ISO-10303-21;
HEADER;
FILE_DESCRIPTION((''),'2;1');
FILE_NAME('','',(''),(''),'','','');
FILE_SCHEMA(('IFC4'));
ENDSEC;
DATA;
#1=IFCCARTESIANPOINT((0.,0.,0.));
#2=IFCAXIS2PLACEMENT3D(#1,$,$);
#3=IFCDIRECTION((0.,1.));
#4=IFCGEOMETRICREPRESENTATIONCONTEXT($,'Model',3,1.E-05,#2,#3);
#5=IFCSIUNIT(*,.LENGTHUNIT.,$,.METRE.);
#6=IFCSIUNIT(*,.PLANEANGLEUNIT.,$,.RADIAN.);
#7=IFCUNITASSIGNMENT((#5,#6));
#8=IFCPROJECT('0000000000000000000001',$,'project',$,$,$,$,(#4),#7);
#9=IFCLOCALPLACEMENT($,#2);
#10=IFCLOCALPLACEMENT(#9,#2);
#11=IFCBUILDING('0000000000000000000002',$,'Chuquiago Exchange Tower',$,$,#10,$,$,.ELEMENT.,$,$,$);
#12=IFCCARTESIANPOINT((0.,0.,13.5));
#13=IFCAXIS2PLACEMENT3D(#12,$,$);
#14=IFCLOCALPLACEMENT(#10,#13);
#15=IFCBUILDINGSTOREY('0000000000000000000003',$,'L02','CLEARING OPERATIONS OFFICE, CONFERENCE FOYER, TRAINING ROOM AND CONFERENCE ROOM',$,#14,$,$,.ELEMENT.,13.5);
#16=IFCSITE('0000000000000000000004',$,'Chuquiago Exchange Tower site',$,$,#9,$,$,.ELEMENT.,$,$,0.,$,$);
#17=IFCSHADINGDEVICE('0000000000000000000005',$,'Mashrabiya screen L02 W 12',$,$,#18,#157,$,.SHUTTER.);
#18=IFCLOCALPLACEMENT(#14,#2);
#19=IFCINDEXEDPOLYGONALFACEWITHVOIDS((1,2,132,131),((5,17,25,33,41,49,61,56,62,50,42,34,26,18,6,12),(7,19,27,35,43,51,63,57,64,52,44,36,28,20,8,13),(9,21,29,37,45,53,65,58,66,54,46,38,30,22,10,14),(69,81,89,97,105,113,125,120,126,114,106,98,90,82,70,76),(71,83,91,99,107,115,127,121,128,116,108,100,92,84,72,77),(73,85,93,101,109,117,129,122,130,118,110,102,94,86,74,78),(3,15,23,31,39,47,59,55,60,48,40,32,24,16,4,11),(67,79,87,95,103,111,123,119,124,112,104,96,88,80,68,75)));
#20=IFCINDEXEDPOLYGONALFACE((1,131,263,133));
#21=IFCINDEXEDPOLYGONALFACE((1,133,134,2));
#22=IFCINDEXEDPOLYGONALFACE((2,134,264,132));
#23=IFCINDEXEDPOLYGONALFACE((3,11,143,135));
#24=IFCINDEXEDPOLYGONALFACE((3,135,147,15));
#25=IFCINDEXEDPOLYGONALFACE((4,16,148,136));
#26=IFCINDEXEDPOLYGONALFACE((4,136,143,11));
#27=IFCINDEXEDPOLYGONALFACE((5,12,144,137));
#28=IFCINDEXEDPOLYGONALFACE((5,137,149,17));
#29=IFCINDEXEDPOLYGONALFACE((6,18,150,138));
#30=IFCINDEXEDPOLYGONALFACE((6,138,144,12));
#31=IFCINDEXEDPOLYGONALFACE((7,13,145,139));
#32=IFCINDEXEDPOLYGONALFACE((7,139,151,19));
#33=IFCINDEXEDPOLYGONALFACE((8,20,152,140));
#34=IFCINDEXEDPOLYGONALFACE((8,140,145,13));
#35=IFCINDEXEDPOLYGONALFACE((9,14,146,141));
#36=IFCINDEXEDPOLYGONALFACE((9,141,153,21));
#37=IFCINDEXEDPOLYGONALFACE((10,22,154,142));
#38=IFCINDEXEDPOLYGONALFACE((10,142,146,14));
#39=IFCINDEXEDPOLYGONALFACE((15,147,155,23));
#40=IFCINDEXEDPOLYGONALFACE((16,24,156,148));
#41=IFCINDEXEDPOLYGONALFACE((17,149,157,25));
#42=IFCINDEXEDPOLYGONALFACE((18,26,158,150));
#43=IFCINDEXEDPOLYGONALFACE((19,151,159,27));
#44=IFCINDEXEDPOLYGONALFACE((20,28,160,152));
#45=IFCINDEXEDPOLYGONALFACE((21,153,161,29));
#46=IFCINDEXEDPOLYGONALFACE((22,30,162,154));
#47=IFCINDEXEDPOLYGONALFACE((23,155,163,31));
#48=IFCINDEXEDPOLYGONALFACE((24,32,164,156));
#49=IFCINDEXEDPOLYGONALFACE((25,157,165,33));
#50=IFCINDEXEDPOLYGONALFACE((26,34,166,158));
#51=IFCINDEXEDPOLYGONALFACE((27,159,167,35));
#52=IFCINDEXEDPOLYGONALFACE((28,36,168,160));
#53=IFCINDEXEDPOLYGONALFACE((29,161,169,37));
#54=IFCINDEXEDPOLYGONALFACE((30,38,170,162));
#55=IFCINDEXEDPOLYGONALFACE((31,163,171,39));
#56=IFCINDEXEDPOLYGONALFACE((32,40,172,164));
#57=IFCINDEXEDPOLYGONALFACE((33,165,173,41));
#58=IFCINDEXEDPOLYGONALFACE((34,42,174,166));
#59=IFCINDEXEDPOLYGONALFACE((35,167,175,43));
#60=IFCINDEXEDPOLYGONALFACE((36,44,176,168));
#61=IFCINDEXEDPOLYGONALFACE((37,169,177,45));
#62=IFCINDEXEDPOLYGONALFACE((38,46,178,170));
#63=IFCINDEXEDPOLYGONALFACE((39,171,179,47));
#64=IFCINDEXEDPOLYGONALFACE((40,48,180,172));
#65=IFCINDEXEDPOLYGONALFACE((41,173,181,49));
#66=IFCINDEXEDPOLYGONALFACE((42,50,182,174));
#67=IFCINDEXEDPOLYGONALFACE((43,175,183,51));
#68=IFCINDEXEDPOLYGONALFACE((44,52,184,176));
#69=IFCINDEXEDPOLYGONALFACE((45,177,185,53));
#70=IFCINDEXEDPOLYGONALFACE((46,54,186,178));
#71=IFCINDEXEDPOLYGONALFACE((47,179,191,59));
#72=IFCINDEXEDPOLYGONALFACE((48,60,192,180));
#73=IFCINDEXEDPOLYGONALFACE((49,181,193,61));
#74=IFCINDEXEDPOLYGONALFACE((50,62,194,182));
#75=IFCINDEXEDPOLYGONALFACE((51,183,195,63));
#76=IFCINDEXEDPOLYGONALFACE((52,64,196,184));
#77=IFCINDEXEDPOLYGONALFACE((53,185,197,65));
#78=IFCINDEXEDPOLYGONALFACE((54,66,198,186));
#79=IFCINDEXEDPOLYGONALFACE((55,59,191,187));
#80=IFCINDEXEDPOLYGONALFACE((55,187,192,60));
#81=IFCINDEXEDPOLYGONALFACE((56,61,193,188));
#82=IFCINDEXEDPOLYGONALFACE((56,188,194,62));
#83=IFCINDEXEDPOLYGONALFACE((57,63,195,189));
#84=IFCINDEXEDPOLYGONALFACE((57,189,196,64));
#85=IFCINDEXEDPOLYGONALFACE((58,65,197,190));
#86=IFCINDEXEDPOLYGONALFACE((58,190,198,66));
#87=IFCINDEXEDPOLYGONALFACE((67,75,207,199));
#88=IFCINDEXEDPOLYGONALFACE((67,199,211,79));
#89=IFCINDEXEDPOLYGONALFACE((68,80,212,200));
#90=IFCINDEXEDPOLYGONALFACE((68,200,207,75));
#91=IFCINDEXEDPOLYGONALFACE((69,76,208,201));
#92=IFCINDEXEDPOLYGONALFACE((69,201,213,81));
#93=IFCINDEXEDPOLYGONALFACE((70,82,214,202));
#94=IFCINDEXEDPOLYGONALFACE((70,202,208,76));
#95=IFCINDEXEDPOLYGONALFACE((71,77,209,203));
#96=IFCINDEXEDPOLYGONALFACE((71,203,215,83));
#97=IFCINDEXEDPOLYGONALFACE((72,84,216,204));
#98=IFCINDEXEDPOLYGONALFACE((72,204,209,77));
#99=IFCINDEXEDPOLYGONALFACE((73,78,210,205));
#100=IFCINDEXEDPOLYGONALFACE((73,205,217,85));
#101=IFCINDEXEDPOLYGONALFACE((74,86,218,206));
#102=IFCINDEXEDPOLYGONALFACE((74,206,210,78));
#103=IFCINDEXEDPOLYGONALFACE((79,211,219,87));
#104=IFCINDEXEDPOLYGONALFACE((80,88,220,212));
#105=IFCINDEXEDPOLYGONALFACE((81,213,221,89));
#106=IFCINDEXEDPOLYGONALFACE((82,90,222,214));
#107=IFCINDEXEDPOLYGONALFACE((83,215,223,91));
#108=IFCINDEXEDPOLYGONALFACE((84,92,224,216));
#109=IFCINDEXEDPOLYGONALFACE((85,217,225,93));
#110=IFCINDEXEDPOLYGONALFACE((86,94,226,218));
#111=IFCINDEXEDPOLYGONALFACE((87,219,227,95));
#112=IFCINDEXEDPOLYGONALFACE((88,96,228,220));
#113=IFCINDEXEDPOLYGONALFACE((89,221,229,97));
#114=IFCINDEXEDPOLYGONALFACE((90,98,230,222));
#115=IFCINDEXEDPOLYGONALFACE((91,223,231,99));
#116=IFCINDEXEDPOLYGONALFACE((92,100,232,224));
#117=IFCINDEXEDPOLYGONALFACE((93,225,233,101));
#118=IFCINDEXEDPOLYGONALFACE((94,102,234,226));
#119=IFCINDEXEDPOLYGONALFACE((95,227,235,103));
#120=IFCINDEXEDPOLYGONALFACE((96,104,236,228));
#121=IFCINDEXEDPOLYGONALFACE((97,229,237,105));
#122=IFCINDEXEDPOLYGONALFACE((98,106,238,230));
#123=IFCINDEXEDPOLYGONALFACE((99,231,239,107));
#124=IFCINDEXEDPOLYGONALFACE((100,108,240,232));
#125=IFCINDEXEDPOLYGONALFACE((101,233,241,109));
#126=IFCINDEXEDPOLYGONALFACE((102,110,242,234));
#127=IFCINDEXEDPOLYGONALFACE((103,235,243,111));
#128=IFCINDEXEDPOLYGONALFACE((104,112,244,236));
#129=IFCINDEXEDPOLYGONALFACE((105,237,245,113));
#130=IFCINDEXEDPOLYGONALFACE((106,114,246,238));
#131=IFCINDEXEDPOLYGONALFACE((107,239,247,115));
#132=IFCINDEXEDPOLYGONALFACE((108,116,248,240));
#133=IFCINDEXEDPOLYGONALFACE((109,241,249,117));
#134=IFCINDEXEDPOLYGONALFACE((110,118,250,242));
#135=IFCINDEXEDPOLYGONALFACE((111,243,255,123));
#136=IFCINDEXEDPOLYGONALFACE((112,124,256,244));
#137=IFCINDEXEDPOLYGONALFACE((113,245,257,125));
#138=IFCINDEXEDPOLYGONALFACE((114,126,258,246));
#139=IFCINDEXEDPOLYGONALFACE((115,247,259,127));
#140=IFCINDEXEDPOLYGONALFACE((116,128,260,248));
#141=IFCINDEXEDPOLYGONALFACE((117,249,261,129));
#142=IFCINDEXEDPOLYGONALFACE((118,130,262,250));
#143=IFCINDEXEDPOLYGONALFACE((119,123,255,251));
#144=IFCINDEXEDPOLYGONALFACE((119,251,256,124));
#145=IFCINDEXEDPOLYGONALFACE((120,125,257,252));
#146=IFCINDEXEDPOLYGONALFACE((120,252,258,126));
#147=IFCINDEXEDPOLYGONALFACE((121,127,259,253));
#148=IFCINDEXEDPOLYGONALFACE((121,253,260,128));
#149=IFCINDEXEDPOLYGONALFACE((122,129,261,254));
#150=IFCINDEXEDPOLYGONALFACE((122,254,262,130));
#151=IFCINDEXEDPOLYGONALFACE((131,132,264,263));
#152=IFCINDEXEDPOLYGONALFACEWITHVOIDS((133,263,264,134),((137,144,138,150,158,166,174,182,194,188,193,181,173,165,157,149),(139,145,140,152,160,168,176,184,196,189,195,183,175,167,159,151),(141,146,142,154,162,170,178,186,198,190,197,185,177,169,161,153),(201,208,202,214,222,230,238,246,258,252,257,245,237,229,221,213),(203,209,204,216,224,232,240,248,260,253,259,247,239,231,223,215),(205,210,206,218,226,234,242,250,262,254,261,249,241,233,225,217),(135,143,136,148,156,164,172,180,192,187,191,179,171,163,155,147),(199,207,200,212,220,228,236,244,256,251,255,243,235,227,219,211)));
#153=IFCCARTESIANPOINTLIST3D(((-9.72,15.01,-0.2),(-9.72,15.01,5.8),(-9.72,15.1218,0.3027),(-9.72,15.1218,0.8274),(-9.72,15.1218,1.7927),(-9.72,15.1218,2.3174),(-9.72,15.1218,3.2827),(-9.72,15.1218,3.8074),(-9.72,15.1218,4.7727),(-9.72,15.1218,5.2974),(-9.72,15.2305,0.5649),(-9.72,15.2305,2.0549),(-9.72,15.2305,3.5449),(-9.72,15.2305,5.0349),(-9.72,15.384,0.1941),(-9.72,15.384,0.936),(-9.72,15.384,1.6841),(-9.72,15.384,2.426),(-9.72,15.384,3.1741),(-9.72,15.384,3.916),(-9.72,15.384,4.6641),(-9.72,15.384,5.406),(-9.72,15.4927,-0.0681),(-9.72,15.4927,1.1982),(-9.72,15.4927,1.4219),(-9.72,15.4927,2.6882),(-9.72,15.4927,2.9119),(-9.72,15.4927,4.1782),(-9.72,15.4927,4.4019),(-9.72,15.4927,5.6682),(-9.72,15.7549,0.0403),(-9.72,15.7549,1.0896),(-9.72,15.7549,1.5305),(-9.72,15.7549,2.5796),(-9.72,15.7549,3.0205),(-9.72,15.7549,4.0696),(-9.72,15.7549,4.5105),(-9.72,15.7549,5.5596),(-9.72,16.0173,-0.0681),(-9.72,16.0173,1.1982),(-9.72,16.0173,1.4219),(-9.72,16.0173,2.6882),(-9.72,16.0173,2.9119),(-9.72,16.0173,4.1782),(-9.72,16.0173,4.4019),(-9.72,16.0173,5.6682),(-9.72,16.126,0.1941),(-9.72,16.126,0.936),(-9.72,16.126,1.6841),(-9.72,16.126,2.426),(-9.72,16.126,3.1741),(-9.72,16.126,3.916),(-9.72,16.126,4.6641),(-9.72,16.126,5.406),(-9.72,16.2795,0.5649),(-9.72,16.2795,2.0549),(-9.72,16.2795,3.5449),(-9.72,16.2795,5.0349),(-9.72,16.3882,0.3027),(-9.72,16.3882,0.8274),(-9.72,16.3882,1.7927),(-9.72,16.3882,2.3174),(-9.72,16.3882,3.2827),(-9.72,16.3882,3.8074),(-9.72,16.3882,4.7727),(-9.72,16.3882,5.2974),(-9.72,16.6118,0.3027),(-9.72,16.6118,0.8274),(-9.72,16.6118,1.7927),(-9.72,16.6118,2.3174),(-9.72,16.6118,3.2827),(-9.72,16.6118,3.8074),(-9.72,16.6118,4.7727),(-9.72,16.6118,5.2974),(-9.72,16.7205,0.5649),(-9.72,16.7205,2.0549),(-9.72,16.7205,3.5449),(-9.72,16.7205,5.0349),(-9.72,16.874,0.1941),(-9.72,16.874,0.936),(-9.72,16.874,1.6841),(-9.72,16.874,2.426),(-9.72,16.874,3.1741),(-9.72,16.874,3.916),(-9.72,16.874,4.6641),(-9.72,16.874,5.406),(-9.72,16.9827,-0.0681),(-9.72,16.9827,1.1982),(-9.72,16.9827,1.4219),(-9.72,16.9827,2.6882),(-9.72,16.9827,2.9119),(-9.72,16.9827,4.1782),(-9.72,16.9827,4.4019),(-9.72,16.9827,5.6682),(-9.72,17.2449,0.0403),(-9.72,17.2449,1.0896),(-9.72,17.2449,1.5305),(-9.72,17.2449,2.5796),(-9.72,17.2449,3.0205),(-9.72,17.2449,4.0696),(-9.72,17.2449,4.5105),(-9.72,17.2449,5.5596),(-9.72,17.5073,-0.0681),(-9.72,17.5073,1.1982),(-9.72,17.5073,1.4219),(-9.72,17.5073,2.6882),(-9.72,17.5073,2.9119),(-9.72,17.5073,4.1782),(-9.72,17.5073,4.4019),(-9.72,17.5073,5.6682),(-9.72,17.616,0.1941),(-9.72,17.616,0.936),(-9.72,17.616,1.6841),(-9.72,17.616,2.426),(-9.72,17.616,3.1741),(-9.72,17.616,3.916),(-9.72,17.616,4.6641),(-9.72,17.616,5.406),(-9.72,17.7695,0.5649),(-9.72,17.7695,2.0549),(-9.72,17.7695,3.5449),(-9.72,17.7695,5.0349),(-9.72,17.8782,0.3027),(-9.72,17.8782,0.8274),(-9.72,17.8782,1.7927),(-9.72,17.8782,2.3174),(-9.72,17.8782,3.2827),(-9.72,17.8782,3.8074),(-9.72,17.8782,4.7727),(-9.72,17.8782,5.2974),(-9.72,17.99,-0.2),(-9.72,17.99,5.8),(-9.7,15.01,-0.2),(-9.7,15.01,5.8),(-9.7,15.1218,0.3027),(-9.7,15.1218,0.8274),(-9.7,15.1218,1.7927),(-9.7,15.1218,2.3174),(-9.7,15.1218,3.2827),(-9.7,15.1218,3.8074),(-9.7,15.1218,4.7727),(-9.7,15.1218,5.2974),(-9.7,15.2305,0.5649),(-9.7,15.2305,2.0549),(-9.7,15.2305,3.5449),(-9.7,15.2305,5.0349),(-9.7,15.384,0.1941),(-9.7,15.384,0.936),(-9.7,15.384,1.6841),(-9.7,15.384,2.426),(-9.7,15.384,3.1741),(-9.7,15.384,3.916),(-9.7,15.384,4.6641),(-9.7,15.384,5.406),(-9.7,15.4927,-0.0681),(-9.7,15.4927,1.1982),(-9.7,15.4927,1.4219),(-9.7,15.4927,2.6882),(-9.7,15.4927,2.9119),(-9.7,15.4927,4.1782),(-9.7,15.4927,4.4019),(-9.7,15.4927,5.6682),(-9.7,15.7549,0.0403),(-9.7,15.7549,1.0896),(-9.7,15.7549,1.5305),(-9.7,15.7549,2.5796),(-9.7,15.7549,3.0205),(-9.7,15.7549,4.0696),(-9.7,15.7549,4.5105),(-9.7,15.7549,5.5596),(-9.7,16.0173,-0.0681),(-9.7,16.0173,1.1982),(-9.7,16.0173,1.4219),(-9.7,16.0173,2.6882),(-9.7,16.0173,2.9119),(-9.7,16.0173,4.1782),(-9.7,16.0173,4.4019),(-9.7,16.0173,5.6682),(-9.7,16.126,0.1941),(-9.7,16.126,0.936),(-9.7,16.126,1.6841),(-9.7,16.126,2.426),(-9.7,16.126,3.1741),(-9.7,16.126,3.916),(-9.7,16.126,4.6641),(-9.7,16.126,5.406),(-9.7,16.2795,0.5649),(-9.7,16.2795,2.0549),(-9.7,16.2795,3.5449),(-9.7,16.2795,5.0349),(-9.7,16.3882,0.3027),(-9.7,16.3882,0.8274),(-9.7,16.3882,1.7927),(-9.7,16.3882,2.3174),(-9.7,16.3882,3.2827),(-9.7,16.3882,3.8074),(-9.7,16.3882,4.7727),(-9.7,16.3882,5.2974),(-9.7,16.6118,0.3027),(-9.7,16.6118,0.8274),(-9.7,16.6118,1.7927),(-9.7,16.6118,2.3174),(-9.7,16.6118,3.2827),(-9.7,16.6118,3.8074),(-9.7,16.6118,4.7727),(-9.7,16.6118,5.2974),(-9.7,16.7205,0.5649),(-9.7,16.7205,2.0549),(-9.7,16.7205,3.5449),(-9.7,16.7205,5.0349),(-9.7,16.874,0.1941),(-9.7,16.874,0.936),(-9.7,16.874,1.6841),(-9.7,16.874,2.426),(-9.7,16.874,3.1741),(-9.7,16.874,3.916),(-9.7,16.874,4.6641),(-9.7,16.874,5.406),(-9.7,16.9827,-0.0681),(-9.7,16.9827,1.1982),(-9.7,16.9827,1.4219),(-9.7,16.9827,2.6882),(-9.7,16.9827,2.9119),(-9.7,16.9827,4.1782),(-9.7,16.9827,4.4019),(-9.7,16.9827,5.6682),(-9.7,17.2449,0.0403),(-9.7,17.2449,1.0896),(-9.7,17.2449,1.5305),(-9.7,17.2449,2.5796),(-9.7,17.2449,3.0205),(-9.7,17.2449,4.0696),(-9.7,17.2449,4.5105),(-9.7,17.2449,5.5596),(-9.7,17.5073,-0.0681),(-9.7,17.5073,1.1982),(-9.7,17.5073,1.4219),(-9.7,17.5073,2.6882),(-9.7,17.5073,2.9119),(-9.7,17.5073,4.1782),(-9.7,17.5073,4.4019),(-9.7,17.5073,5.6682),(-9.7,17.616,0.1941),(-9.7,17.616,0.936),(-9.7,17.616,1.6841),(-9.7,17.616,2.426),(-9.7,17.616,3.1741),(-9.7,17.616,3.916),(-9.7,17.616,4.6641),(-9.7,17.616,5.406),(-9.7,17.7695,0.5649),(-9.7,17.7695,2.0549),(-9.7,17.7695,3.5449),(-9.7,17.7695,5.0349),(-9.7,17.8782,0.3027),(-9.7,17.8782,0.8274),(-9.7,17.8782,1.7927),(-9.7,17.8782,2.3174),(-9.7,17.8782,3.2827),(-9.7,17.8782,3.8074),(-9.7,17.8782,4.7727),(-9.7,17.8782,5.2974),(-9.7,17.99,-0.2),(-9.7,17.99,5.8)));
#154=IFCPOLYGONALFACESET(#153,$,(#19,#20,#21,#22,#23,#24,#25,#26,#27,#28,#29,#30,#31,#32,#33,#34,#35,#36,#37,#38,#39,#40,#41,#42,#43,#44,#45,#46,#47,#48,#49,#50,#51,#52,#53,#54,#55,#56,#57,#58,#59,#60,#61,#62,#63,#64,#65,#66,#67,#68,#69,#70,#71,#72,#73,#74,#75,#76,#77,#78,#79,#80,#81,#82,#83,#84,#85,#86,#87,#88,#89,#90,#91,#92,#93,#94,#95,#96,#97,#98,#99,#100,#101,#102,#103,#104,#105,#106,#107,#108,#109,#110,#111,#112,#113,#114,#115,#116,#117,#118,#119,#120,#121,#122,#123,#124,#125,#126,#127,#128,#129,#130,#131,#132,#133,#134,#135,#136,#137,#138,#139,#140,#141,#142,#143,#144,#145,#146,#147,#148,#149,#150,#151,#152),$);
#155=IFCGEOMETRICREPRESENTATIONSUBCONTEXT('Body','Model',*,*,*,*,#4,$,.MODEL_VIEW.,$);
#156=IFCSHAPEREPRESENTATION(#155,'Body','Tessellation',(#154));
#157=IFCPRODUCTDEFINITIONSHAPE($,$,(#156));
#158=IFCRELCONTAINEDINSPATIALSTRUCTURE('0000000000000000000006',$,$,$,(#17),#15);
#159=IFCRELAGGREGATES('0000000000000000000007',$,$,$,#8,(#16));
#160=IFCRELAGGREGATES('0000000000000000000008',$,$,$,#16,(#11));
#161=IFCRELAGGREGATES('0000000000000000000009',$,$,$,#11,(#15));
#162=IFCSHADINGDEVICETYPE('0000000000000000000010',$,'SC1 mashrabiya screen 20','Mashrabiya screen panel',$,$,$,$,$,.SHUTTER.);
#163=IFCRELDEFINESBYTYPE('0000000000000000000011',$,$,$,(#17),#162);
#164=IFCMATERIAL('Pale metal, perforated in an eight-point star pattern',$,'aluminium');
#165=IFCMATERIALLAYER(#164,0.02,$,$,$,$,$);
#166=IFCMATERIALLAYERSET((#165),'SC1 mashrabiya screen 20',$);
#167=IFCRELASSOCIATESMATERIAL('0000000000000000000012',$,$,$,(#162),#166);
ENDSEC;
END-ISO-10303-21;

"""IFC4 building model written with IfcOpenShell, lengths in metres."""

from ifc_helpers import new_model, si_unit, direction, frame, origin, place, context, subcontext, project, spatial, polyline, outline, extrude, material, layer, layer_set, type_object, element, save


model = new_model("IFC4")

# Units and contexts
model_context = context("Model", 3, precision=1e-05, world=origin(), true_north=direction((0.0, 1.0)))
body_context = subcontext(model_context, "Body", "Model", "MODEL_VIEW")
ifc_project = project(units=[si_unit("LENGTHUNIT", "METRE"), si_unit("PLANEANGLEUNIT", "RADIAN")], contexts=[model_context])

# Site, building, storey
site_placement = place(None, origin())
site = spatial("IfcSite", under=ifc_project, at=site_placement, Name="Chuquiago Exchange Tower site", CompositionType="ELEMENT", RefElevation=0.0)
building_placement = place(site_placement, origin())
building = spatial("IfcBuilding", under=site, at=building_placement, Name="Chuquiago Exchange Tower", CompositionType="ELEMENT")
storey_placement = place(building_placement, frame((0.0, 0.0, 13.5)))
storey = spatial("IfcBuildingStorey", under=building, at=storey_placement, Name="L02", Description="CLEARING OPERATIONS OFFICE, CONFERENCE FOYER, TRAINING ROOM AND CONFERENCE ROOM", CompositionType="ELEMENT", Elevation=13.5)

# Shading device
ifc_material_1 = material(Name="Pale metal, perforated in an eight-point star pattern", Category="aluminium")
ifc_layer_1 = layer(ifc_material_1, 0.02)
ifc_layer_set_1 = layer_set([ifc_layer_1], Name="SC1 mashrabiya screen 20")
shading_device_type = type_object("IfcShadingDeviceType", Name="SC1 mashrabiya screen 20", Description="Mashrabiya screen panel", PredefinedType="SHUTTER", material=ifc_layer_set_1)
shading_device_1_placement = place(storey_placement, frame((-9.7, 17.99, -0.2), z_axis=(0.0, 0.0, 1.0), x_axis=(0.0, -1.0, 0.0)))
element("IfcShadingDevice", 1, at=shading_device_1_placement, inside=storey, type_object=shading_device_type, Name="Mashrabiya screen L02 W 12", PredefinedType="SHUTTER", context=body_context, shape_type="SweptSolid", body=[
    extrude(outline(polyline([(0.0, 0.0), (2.98, 0.0), (2.98, 6.0), (0.0, 6.0), (0.0, 0.0)]), holes=[polyline([(1.2695, 0.7649), (1.3782, 1.0273), (1.116, 1.136), (1.0073, 1.3982), (0.7451, 1.2896), (0.4827, 1.3982), (0.374, 1.136), (0.1118, 1.0273), (0.2205, 0.7649), (0.1118, 0.5027), (0.374, 0.394), (0.4827, 0.1318), (0.7451, 0.2402), (1.0073, 0.1318), (1.116, 0.394), (1.3782, 0.5027), (1.2695, 0.7649)]), polyline([(2.7595, 0.7649), (2.8682, 1.0273), (2.606, 1.136), (2.4973, 1.3982), (2.2351, 1.2896), (1.9727, 1.3982), (1.864, 1.136), (1.6018, 1.0273), (1.7104, 0.7649), (1.6018, 0.5027), (1.864, 0.394), (1.9727, 0.1318), (2.2351, 0.2402), (2.4973, 0.1318), (2.606, 0.394), (2.8682, 0.5027), (2.7595, 0.7649)]), polyline([(1.2695, 2.2549), (1.3782, 2.5173), (1.116, 2.626), (1.0073, 2.8882), (0.7451, 2.7795), (0.4827, 2.8882), (0.374, 2.626), (0.1118, 2.5173), (0.2205, 2.2549), (0.1118, 1.9927), (0.374, 1.884), (0.4827, 1.6218), (0.7451, 1.7305), (1.0073, 1.6218), (1.116, 1.884), (1.3782, 1.9927), (1.2695, 2.2549)]), polyline([(2.7595, 2.2549), (2.8682, 2.5173), (2.606, 2.626), (2.4973, 2.8882), (2.2351, 2.7795), (1.9727, 2.8882), (1.864, 2.626), (1.6018, 2.5173), (1.7104, 2.2549), (1.6018, 1.9927), (1.864, 1.884), (1.9727, 1.6218), (2.2351, 1.7305), (2.4973, 1.6218), (2.606, 1.884), (2.8682, 1.9927), (2.7595, 2.2549)]), polyline([(1.2695, 3.7449), (1.3782, 4.0073), (1.116, 4.116), (1.0073, 4.3782), (0.7451, 4.2695), (0.4827, 4.3782), (0.374, 4.116), (0.1118, 4.0073), (0.2205, 3.7449), (0.1118, 3.4827), (0.374, 3.374), (0.4827, 3.1118), (0.7451, 3.2205), (1.0073, 3.1118), (1.116, 3.374), (1.3782, 3.4827), (1.2695, 3.7449)]), polyline([(2.7595, 3.7449), (2.8682, 4.0073), (2.606, 4.116), (2.4973, 4.3782), (2.2351, 4.2695), (1.9727, 4.3782), (1.864, 4.116), (1.6018, 4.0073), (1.7104, 3.7449), (1.6018, 3.4827), (1.864, 3.374), (1.9727, 3.1118), (2.2351, 3.2205), (2.4973, 3.1118), (2.606, 3.374), (2.8682, 3.4827), (2.7595, 3.7449)]), polyline([(1.2695, 5.2349), (1.3782, 5.4973), (1.116, 5.606), (1.0073, 5.8682), (0.7451, 5.7595), (0.4827, 5.8682), (0.374, 5.606), (0.1118, 5.4973), (0.2205, 5.2349), (0.1118, 4.9727), (0.374, 4.864), (0.4827, 4.6018), (0.7451, 4.7104), (1.0073, 4.6018), (1.116, 4.864), (1.3782, 4.9727), (1.2695, 5.2349)]), polyline([(2.7595, 5.2349), (2.8682, 5.4973), (2.606, 5.606), (2.4973, 5.8682), (2.2351, 5.7595), (1.9727, 5.8682), (1.864, 5.606), (1.6018, 5.4973), (1.7104, 5.2349), (1.6018, 4.9727), (1.864, 4.864), (1.9727, 4.6018), (2.2351, 4.7104), (2.4973, 4.6018), (2.606, 4.864), (2.8682, 4.9727), (2.7595, 5.2349)])]), frame((0.0, 0.0, 0.0), z_axis=(0.0, -1.0, 0.0), x_axis=(1.0, 0.0, 0.0)), (0.0, 0.0, 1.0), 0.02),
])

save(model, "model.ifc")
